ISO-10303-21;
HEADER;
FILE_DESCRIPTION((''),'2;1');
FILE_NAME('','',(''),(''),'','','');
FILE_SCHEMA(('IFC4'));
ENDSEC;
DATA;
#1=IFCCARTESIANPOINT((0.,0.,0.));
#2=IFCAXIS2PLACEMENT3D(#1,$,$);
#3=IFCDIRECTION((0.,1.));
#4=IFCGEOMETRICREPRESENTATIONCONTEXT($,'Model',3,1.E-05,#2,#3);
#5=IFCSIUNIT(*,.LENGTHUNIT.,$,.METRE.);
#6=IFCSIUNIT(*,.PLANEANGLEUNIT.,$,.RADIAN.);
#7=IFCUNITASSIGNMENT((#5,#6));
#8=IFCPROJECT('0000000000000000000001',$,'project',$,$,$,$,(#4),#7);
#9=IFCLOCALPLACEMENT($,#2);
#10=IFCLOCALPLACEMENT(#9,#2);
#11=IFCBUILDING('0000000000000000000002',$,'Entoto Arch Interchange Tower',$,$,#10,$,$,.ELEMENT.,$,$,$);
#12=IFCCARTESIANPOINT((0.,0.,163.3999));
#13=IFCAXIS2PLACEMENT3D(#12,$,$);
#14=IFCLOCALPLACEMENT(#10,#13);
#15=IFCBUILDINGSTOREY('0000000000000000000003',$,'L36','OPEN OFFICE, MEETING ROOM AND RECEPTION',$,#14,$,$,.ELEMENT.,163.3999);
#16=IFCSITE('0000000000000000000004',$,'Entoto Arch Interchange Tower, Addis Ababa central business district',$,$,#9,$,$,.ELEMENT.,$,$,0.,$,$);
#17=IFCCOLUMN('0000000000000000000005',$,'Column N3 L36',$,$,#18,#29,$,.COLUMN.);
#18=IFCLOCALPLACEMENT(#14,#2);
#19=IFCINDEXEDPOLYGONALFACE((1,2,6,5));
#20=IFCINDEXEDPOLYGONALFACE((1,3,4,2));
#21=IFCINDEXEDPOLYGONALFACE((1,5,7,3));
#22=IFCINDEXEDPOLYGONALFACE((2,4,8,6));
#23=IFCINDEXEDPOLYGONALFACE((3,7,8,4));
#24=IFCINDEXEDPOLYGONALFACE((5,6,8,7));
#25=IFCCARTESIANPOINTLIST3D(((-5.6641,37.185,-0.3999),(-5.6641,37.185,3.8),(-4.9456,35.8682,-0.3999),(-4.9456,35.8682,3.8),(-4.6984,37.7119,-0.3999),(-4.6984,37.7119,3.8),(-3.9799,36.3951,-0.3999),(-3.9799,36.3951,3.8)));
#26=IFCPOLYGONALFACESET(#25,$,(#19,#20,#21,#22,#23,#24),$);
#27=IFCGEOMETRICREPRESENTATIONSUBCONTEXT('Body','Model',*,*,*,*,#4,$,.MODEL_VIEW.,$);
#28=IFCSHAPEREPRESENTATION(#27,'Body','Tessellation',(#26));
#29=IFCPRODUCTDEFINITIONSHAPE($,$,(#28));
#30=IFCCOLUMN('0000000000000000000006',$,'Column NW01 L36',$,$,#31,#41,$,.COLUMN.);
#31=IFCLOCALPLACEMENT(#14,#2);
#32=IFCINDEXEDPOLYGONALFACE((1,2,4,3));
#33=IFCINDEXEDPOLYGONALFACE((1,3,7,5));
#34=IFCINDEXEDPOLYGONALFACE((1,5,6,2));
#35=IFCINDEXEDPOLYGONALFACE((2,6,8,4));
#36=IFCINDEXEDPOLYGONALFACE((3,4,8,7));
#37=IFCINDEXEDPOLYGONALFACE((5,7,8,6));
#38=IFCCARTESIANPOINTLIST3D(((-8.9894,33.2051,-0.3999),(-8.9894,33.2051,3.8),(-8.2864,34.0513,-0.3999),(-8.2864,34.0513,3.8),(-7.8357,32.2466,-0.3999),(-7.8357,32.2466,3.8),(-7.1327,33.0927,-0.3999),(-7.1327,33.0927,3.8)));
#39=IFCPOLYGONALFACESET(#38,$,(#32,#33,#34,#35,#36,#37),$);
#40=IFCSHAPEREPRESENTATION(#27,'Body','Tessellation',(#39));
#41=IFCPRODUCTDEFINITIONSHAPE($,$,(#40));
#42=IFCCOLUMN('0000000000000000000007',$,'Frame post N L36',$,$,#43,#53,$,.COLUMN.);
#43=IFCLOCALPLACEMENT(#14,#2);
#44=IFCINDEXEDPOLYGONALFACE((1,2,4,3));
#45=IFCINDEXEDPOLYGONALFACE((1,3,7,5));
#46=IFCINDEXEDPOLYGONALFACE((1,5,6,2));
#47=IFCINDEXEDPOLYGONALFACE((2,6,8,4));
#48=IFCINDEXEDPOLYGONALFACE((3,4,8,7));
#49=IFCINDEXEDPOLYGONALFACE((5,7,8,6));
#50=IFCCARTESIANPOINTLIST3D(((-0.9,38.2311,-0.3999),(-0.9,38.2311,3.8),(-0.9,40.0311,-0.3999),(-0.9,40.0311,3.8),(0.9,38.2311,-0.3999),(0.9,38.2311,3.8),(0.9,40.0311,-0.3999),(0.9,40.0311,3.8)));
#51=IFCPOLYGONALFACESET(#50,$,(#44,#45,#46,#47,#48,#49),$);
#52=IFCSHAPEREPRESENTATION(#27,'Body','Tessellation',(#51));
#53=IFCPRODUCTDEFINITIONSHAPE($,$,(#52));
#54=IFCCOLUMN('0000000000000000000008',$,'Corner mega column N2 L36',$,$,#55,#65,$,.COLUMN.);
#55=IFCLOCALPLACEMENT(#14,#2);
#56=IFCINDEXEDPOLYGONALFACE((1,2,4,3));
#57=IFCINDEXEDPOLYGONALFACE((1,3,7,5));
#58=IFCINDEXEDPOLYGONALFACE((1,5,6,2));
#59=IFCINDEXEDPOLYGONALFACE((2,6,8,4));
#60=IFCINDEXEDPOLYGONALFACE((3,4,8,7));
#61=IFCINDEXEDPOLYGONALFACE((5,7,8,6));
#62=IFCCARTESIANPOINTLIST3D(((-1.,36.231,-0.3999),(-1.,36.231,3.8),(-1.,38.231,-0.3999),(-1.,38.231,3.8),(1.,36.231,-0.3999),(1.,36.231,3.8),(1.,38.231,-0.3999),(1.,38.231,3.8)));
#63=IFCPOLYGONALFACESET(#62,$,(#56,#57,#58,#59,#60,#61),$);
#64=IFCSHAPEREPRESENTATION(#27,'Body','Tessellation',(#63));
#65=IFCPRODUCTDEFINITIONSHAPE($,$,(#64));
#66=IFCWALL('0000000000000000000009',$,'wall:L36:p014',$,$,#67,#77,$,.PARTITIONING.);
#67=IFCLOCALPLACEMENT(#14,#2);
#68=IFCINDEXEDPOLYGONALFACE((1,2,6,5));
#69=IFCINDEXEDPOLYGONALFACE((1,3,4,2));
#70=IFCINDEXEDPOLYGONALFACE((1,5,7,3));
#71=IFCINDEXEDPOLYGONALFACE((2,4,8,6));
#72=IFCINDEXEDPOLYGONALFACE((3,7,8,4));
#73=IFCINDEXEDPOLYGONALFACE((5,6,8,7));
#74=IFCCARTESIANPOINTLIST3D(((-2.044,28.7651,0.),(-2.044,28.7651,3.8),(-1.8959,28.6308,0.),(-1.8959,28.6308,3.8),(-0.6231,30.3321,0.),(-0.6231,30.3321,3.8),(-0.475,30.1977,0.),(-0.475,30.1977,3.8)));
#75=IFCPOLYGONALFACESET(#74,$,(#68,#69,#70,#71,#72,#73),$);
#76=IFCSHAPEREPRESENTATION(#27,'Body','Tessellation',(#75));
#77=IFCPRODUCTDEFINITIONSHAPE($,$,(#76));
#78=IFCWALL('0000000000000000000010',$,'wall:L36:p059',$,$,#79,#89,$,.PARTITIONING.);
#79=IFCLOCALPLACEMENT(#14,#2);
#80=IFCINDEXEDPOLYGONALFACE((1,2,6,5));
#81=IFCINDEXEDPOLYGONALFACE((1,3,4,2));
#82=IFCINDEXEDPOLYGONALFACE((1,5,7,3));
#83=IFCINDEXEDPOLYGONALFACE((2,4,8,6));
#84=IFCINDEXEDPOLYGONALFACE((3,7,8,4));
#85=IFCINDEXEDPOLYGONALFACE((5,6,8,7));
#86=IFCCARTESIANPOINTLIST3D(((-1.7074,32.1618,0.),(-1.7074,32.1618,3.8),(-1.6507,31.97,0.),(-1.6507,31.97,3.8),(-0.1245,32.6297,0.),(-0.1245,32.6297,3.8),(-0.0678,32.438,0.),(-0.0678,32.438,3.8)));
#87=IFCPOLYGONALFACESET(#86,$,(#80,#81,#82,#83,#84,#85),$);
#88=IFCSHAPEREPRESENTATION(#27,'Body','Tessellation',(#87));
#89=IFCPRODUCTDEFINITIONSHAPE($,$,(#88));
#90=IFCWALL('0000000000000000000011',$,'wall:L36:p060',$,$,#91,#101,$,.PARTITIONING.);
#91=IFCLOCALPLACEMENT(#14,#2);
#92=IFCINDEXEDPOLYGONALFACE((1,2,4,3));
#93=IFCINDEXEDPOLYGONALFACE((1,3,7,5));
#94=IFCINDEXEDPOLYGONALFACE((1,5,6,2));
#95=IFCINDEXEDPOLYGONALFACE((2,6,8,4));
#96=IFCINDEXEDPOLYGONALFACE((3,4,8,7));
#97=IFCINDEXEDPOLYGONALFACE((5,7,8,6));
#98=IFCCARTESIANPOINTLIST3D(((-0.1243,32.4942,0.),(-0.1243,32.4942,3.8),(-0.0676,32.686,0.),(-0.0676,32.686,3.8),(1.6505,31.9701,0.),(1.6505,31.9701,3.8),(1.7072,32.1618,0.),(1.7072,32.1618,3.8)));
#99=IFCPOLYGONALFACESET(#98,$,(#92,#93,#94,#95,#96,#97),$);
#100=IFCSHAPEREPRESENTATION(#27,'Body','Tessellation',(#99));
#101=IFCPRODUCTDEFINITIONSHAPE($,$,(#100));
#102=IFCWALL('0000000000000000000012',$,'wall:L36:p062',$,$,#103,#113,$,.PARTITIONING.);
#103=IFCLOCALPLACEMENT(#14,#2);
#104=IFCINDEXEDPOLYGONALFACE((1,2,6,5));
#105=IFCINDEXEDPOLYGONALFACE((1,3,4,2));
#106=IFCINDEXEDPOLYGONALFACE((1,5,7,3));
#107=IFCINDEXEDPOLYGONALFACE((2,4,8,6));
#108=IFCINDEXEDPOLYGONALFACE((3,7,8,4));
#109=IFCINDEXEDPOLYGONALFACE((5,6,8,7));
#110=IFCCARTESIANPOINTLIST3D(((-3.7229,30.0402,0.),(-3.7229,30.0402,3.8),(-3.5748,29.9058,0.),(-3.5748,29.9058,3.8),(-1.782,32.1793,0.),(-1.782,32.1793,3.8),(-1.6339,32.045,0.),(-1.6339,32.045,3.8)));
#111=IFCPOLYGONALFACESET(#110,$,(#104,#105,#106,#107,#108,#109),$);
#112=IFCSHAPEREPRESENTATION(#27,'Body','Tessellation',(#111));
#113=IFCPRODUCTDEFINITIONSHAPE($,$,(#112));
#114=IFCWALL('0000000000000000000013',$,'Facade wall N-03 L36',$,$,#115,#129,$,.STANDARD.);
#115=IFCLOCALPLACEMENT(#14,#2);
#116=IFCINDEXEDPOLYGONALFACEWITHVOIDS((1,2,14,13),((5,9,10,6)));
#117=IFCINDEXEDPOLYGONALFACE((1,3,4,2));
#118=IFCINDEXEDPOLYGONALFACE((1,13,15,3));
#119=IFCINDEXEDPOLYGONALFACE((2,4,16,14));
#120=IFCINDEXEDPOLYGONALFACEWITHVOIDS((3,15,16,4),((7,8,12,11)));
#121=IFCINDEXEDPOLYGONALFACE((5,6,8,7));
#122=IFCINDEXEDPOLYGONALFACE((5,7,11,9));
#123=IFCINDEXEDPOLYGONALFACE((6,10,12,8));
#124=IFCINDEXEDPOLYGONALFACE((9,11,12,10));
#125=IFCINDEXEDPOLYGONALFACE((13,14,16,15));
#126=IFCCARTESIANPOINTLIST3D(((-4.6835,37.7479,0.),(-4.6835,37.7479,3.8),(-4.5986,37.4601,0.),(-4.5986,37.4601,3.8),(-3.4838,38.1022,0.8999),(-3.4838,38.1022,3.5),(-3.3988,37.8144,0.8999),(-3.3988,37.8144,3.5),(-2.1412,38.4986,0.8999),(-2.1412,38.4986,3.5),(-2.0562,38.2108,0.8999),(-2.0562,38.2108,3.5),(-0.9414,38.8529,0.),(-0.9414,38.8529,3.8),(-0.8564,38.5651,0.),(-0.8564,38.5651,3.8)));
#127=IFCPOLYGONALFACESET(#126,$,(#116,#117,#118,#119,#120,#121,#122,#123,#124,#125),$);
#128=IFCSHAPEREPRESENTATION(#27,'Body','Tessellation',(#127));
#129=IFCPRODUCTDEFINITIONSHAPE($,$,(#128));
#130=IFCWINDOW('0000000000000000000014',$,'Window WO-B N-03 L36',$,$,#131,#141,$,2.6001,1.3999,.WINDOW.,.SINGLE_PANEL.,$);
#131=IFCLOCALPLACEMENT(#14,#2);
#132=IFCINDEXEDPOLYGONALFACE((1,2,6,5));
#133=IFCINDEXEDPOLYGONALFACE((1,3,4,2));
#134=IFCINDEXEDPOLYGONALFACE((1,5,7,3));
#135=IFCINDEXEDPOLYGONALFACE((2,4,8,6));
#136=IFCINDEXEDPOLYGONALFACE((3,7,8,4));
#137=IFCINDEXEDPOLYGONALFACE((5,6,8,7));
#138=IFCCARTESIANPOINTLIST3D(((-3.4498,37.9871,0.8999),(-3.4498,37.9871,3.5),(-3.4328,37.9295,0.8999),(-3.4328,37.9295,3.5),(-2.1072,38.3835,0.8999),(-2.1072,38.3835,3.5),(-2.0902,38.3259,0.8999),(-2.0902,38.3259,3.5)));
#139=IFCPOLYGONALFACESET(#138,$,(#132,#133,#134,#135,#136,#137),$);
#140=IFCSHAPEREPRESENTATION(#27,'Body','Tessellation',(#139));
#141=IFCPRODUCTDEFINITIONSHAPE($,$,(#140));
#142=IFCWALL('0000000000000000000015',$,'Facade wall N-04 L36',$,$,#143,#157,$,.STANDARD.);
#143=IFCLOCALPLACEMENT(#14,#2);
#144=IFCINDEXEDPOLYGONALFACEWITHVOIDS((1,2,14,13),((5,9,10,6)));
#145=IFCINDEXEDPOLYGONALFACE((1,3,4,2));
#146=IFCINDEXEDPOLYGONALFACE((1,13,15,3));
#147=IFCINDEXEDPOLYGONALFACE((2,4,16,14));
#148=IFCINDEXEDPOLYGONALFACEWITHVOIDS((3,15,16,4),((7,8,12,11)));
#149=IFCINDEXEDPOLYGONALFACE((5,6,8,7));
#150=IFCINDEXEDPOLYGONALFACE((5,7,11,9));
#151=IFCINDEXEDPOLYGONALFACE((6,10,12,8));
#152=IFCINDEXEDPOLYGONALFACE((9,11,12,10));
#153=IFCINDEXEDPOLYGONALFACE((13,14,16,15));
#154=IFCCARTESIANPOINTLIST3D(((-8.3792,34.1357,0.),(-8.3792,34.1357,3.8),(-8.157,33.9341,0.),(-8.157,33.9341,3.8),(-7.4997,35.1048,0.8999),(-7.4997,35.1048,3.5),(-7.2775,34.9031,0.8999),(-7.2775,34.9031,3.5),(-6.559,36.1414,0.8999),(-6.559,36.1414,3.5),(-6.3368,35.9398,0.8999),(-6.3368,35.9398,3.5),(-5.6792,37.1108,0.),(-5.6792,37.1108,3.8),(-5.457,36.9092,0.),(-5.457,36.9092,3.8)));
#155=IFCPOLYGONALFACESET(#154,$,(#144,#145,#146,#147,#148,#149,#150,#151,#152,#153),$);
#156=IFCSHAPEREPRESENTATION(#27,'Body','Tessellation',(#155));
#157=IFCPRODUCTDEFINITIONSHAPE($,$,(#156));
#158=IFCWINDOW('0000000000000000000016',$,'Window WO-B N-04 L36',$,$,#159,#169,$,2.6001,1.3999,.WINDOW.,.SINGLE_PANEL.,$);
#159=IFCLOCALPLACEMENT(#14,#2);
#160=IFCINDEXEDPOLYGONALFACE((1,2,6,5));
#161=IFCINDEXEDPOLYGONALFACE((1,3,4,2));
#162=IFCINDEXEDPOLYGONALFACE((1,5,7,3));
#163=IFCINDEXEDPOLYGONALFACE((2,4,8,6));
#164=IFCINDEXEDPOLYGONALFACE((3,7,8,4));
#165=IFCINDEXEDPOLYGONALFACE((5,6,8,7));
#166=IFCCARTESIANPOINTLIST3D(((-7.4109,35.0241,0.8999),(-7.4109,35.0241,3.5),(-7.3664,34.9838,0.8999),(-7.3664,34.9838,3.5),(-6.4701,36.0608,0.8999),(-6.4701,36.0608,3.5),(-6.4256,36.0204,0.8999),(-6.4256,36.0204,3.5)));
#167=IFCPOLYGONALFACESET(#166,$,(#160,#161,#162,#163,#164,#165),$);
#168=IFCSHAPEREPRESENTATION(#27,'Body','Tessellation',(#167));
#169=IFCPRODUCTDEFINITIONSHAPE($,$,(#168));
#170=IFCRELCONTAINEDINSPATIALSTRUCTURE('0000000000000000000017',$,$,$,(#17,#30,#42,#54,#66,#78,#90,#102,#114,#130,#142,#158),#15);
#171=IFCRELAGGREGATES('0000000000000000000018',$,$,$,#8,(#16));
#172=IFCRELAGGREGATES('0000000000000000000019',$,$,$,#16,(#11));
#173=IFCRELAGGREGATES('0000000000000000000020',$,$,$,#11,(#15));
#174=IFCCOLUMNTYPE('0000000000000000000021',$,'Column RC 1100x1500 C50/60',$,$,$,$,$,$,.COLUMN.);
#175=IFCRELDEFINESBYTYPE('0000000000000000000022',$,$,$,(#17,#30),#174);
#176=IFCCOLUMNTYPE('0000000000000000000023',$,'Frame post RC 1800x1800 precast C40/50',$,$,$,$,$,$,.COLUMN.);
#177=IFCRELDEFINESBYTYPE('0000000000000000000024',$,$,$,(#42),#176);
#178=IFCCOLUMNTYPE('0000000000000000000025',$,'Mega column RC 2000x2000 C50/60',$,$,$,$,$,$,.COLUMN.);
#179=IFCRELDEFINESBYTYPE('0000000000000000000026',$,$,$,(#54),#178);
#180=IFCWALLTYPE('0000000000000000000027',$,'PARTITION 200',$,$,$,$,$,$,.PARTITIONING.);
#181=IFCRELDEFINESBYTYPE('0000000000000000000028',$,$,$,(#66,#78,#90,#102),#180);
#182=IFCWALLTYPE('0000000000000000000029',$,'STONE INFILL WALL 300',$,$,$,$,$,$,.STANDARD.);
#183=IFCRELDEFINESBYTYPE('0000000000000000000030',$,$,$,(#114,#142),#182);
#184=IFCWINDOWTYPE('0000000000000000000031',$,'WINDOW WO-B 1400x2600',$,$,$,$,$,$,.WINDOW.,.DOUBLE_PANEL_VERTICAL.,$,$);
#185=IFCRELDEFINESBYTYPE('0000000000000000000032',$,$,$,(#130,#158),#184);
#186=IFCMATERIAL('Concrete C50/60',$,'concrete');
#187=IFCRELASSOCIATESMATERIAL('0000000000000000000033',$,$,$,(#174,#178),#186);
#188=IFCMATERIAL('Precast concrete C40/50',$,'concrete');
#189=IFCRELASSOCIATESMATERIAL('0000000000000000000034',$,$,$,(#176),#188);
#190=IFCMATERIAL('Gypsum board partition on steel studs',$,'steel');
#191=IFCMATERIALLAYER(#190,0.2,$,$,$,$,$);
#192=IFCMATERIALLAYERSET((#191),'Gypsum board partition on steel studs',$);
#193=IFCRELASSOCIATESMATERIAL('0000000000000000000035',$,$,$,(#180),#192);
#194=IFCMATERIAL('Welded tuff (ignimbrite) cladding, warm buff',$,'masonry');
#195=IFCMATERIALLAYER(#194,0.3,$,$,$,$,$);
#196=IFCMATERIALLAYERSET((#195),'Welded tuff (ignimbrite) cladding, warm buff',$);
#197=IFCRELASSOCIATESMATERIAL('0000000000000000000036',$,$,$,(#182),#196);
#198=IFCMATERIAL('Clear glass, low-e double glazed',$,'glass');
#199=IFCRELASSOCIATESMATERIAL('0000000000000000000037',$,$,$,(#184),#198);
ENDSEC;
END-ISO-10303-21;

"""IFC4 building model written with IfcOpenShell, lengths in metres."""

from ifc_helpers import new_model, si_unit, direction, frame, frame_2d, origin, origin_2d, place, context, subcontext, project, spatial, rectangle, extrude, material, layer, layer_set, material_profile, profile_set, type_object, element, fill, save


model = new_model("IFC4")

# Units and contexts
model_context = context("Model", 3, precision=1e-05, world=origin(), true_north=direction((0.0, 1.0)))
body_context = subcontext(model_context, "Body", "Model", "MODEL_VIEW")
ifc_project = project(units=[si_unit("LENGTHUNIT", "METRE"), si_unit("PLANEANGLEUNIT", "RADIAN")], contexts=[model_context])

# Site, building, storey
site_placement = place(None, origin())
site = spatial("IfcSite", under=ifc_project, at=site_placement, Name="Entoto Arch Interchange Tower, Addis Ababa central business district", CompositionType="ELEMENT", RefElevation=0.0)
building_placement = place(site_placement, origin())
building = spatial("IfcBuilding", under=site, at=building_placement, Name="Entoto Arch Interchange Tower", CompositionType="ELEMENT")
storey_placement = place(building_placement, frame((0.0, 0.0, 163.3999)))
storey = spatial("IfcBuildingStorey", under=building, at=storey_placement, Name="L36", Description="OPEN OFFICE, MEETING ROOM AND RECEPTION", CompositionType="ELEMENT", Elevation=163.3999)

# Columns
ifc_material_1 = material(Name="Concrete C50/60", Category="concrete")
ifc_material_profile_1 = material_profile(ifc_material_1, rectangle(XDim=1.1001, YDim=1.5, at=origin_2d()))
ifc_profile_set_1 = profile_set([ifc_material_profile_1], Name="Concrete C50/60")
column_type_1 = type_object("IfcColumnType", Name="Column RC 1100x1500 C50/60", PredefinedType="COLUMN", material=ifc_profile_set_1)
for number, where, z_axis, x_axis, name in (
    (1, (-4.822, 36.79, -0.3999), (0.0, 0.0, 1.0), (0.877833, 0.478968, 0.0), "Column N3 L36"),
    (2, (-8.061, 33.1489, -0.3999), (0.0, 0.0, 1.0), (0.63905, 0.769165, 0.0), "Column NW01 L36"),
):
    element("IfcColumn", number, at=place(storey_placement, frame(where, z_axis=z_axis, x_axis=x_axis)), inside=storey, type_object=column_type_1, Name=name, PredefinedType="COLUMN", context=body_context, shape_type="SweptSolid", body=[
        extrude(rectangle(XDim=1.1001, YDim=1.5, at=origin_2d()), origin(), (0.0, 0.0, 1.0), 4.2),
    ])
ifc_material_2 = material(Name="Precast concrete C40/50", Category="concrete")
ifc_material_profile_2 = material_profile(ifc_material_2, rectangle(XDim=1.8, YDim=1.8, at=origin_2d()))
ifc_profile_set_2 = profile_set([ifc_material_profile_2], Name="Precast concrete C40/50")
column_type_2 = type_object("IfcColumnType", Name="Frame post RC 1800x1800 precast C40/50", PredefinedType="COLUMN", material=ifc_profile_set_2)
column_1_placement = place(storey_placement, frame((0.0, 39.1311, -0.3999), z_axis=(0.0, 0.0, 1.0), x_axis=(0.0, 1.0, 0.0)))
element("IfcColumn", 3, at=column_1_placement, inside=storey, type_object=column_type_2, Name="Frame post N L36", PredefinedType="COLUMN", context=body_context, shape_type="SweptSolid", body=[
    extrude(rectangle(XDim=1.8, YDim=1.8, at=origin_2d()), origin(), (0.0, 0.0, 1.0), 4.2),
])
ifc_material_profile_3 = material_profile(ifc_material_1, rectangle(XDim=2.0, YDim=2.0, at=origin_2d()))
ifc_profile_set_3 = profile_set([ifc_material_profile_3], Name="Concrete C50/60")
column_type_3 = type_object("IfcColumnType", Name="Mega column RC 2000x2000 C50/60", PredefinedType="COLUMN", material=ifc_profile_set_3)
column_2_placement = place(storey_placement, frame((0.0, 37.231, -0.3999), z_axis=(0.0, 0.0, 1.0), x_axis=(0.0, 1.0, 0.0)))
element("IfcColumn", 4, at=column_2_placement, inside=storey, type_object=column_type_3, Name="Corner mega column N2 L36", PredefinedType="COLUMN", context=body_context, shape_type="SweptSolid", body=[
    extrude(rectangle(XDim=2.0, YDim=2.0, at=origin_2d()), origin(), (0.0, 0.0, 1.0), 4.2),
])

# Walls
ifc_material_3 = material(Name="Gypsum board partition on steel studs", Category="steel")
ifc_layer_1 = layer(ifc_material_3, 0.2)
ifc_layer_set_1 = layer_set([ifc_layer_1], Name="Gypsum board partition on steel studs")
wall_type_1 = type_object("IfcWallType", Name="PARTITION 200", PredefinedType="PARTITIONING", material=ifc_layer_set_1)
wall_1_placement = place(storey_placement, frame((-0.5491, 30.2649, 0.0), z_axis=(0.0, 0.0, 1.0), x_axis=(-0.671753, -0.740775, 0.0)))
element("IfcWall", 5, at=wall_1_placement, inside=storey, type_object=wall_type_1, Name="wall:L36:p014", PredefinedType="PARTITIONING", context=body_context, shape_type="SweptSolid", body=[
    extrude(rectangle(XDim=2.1152, YDim=0.2, at=frame_2d((1.0576, 0.0))), origin(), (0.0, 0.0, 1.0), 3.8),
])
wall_2_placement = place(storey_placement, frame((-1.679, 32.0659, 0.0), z_axis=(0.0, 0.0, 1.0), x_axis=(0.958967, 0.283519, 0.0)))
element("IfcWall", 6, at=wall_2_placement, inside=storey, type_object=wall_type_1, Name="wall:L36:p059", PredefinedType="PARTITIONING", context=body_context, shape_type="SweptSolid", body=[
    extrude(rectangle(XDim=1.6506, YDim=0.2, at=frame_2d((0.8252, 0.0))), origin(), (0.0, 0.0, 1.0), 3.8),
])
wall_3_placement = place(storey_placement, frame((-0.0959, 32.5901, 0.0), z_axis=(0.0, 0.0, 1.0), x_axis=(0.959052, -0.28323, 0.0)))
element("IfcWall", 7, at=wall_3_placement, inside=storey, type_object=wall_type_1, Name="wall:L36:p060", PredefinedType="PARTITIONING", context=body_context, shape_type="SweptSolid", body=[
    extrude(rectangle(XDim=1.8506, YDim=0.2, at=frame_2d((0.9253, 0.0))), origin(), (0.0, 0.0, 1.0), 3.8),
])
wall_4_placement = place(storey_placement, frame((-3.6489, 29.9729, 0.0), z_axis=(0.0, 0.0, 1.0), x_axis=(0.671957, 0.74059, 0.0)))
element("IfcWall", 8, at=wall_4_placement, inside=storey, type_object=wall_type_1, Name="wall:L36:p062", PredefinedType="PARTITIONING", context=body_context, shape_type="SweptSolid", body=[
    extrude(rectangle(XDim=2.8884, YDim=0.2, at=frame_2d((1.4443, 0.0))), origin(), (0.0, 0.0, 1.0), 3.8),
])

# Walls, openings, windows
ifc_material_4 = material(Name="Welded tuff (ignimbrite) cladding, warm buff", Category="masonry")
ifc_layer_2 = layer(ifc_material_4, 0.3)
ifc_layer_set_2 = layer_set([ifc_layer_2], Name="Welded tuff (ignimbrite) cladding, warm buff")
wall_type_2 = type_object("IfcWallType", Name="STONE INFILL WALL 300", PredefinedType="STANDARD", material=ifc_layer_set_2)
wall_5_placement = place(storey_placement, frame((-0.8989, 38.709, 0.0), z_axis=(0.0, 0.0, 1.0), x_axis=(-0.959064, -0.283189, 0.0)))
wall_5 = element("IfcWall", 9, at=wall_5_placement, inside=storey, type_object=wall_type_2, Name="Facade wall N-03 L36", PredefinedType="STANDARD", context=body_context, shape_type="SweptSolid", body=[
    extrude(rectangle(XDim=3.9019, YDim=0.3, at=frame_2d((1.9509, 0.0))), origin(), (0.0, 0.0, 1.0), 3.8),
])
opening_1_placement = place(wall_5_placement, frame((1.251, 0.0, 0.8999)))
opening_1 = element("IfcOpeningElement", 10, at=opening_1_placement, cuts=wall_5, PredefinedType="OPENING", context=body_context, shape_type="SweptSolid", body=[
    extrude(rectangle(XDim=1.3999, YDim=2.6001, at=frame_2d((0.7, 1.3))), frame((0.0, 0.1602, 0.0), z_axis=(0.0, -1.0, 0.0), x_axis=(1.0, 0.0, 0.0)), (0.0, 0.0, 1.0), 0.3201),
])
ifc_material_5 = material(Name="Clear glass, low-e double glazed", Category="glass")
window_type_1 = type_object("IfcWindowType", Name="WINDOW WO-B 1400x2600", PartitioningType="DOUBLE_PANEL_VERTICAL", PredefinedType="WINDOW", material=ifc_material_5)
window_1_placement = place(opening_1_placement, origin())
window_1 = element("IfcWindow", 11, at=window_1_placement, inside=storey, type_object=window_type_1, Name="Window WO-B N-03 L36", OverallHeight=2.6001, OverallWidth=1.3999, PartitioningType="SINGLE_PANEL", PredefinedType="WINDOW", context=body_context, shape_type="SweptSolid", body=[
    extrude(rectangle(XDim=1.3999, YDim=2.6001, at=frame_2d((0.7, 1.3))), frame((0.0, 0.03, 0.0), z_axis=(0.0, -1.0, 0.0), x_axis=(1.0, 0.0, 0.0)), (0.0, 0.0, 1.0), 0.0601),
])
fill(opening_1, window_1)
wall_6_placement = place(storey_placement, frame((-5.5681, 37.01, 0.0), z_axis=(0.0, 0.0, 1.0), x_axis=(-0.672034, -0.74052, 0.0)))
wall_6 = element("IfcWall", 12, at=wall_6_placement, inside=storey, type_object=wall_type_2, Name="Facade wall N-04 L36", PredefinedType="STANDARD", context=body_context, shape_type="SweptSolid", body=[
    extrude(rectangle(XDim=4.0176, YDim=0.3, at=frame_2d((2.0088, 0.0))), origin(), (0.0, 0.0, 1.0), 3.8),
])
opening_2_placement = place(wall_6_placement, frame((1.3091, 0.0, 0.8999)))
opening_2 = element("IfcOpeningElement", 13, at=opening_2_placement, cuts=wall_6, PredefinedType="OPENING", context=body_context, shape_type="SweptSolid", body=[
    extrude(rectangle(XDim=1.3999, YDim=2.6001, at=frame_2d((0.7, 1.3))), frame((0.0, 0.1602, 0.0), z_axis=(0.0, -1.0, 0.0), x_axis=(1.0, 0.0, 0.0)), (0.0, 0.0, 1.0), 0.3201),
])
window_2_placement = place(opening_2_placement, origin())
window_2 = element("IfcWindow", 14, at=window_2_placement, inside=storey, type_object=window_type_1, Name="Window WO-B N-04 L36", OverallHeight=2.6001, OverallWidth=1.3999, PartitioningType="SINGLE_PANEL", PredefinedType="WINDOW", context=body_context, shape_type="SweptSolid", body=[
    extrude(rectangle(XDim=1.3999, YDim=2.6001, at=frame_2d((0.7, 1.3))), frame((0.0, 0.03, 0.0), z_axis=(0.0, -1.0, 0.0), x_axis=(1.0, 0.0, 0.0)), (0.0, 0.0, 1.0), 0.0601),
])
fill(opening_2, window_2)

save(model, "model.ifc")
